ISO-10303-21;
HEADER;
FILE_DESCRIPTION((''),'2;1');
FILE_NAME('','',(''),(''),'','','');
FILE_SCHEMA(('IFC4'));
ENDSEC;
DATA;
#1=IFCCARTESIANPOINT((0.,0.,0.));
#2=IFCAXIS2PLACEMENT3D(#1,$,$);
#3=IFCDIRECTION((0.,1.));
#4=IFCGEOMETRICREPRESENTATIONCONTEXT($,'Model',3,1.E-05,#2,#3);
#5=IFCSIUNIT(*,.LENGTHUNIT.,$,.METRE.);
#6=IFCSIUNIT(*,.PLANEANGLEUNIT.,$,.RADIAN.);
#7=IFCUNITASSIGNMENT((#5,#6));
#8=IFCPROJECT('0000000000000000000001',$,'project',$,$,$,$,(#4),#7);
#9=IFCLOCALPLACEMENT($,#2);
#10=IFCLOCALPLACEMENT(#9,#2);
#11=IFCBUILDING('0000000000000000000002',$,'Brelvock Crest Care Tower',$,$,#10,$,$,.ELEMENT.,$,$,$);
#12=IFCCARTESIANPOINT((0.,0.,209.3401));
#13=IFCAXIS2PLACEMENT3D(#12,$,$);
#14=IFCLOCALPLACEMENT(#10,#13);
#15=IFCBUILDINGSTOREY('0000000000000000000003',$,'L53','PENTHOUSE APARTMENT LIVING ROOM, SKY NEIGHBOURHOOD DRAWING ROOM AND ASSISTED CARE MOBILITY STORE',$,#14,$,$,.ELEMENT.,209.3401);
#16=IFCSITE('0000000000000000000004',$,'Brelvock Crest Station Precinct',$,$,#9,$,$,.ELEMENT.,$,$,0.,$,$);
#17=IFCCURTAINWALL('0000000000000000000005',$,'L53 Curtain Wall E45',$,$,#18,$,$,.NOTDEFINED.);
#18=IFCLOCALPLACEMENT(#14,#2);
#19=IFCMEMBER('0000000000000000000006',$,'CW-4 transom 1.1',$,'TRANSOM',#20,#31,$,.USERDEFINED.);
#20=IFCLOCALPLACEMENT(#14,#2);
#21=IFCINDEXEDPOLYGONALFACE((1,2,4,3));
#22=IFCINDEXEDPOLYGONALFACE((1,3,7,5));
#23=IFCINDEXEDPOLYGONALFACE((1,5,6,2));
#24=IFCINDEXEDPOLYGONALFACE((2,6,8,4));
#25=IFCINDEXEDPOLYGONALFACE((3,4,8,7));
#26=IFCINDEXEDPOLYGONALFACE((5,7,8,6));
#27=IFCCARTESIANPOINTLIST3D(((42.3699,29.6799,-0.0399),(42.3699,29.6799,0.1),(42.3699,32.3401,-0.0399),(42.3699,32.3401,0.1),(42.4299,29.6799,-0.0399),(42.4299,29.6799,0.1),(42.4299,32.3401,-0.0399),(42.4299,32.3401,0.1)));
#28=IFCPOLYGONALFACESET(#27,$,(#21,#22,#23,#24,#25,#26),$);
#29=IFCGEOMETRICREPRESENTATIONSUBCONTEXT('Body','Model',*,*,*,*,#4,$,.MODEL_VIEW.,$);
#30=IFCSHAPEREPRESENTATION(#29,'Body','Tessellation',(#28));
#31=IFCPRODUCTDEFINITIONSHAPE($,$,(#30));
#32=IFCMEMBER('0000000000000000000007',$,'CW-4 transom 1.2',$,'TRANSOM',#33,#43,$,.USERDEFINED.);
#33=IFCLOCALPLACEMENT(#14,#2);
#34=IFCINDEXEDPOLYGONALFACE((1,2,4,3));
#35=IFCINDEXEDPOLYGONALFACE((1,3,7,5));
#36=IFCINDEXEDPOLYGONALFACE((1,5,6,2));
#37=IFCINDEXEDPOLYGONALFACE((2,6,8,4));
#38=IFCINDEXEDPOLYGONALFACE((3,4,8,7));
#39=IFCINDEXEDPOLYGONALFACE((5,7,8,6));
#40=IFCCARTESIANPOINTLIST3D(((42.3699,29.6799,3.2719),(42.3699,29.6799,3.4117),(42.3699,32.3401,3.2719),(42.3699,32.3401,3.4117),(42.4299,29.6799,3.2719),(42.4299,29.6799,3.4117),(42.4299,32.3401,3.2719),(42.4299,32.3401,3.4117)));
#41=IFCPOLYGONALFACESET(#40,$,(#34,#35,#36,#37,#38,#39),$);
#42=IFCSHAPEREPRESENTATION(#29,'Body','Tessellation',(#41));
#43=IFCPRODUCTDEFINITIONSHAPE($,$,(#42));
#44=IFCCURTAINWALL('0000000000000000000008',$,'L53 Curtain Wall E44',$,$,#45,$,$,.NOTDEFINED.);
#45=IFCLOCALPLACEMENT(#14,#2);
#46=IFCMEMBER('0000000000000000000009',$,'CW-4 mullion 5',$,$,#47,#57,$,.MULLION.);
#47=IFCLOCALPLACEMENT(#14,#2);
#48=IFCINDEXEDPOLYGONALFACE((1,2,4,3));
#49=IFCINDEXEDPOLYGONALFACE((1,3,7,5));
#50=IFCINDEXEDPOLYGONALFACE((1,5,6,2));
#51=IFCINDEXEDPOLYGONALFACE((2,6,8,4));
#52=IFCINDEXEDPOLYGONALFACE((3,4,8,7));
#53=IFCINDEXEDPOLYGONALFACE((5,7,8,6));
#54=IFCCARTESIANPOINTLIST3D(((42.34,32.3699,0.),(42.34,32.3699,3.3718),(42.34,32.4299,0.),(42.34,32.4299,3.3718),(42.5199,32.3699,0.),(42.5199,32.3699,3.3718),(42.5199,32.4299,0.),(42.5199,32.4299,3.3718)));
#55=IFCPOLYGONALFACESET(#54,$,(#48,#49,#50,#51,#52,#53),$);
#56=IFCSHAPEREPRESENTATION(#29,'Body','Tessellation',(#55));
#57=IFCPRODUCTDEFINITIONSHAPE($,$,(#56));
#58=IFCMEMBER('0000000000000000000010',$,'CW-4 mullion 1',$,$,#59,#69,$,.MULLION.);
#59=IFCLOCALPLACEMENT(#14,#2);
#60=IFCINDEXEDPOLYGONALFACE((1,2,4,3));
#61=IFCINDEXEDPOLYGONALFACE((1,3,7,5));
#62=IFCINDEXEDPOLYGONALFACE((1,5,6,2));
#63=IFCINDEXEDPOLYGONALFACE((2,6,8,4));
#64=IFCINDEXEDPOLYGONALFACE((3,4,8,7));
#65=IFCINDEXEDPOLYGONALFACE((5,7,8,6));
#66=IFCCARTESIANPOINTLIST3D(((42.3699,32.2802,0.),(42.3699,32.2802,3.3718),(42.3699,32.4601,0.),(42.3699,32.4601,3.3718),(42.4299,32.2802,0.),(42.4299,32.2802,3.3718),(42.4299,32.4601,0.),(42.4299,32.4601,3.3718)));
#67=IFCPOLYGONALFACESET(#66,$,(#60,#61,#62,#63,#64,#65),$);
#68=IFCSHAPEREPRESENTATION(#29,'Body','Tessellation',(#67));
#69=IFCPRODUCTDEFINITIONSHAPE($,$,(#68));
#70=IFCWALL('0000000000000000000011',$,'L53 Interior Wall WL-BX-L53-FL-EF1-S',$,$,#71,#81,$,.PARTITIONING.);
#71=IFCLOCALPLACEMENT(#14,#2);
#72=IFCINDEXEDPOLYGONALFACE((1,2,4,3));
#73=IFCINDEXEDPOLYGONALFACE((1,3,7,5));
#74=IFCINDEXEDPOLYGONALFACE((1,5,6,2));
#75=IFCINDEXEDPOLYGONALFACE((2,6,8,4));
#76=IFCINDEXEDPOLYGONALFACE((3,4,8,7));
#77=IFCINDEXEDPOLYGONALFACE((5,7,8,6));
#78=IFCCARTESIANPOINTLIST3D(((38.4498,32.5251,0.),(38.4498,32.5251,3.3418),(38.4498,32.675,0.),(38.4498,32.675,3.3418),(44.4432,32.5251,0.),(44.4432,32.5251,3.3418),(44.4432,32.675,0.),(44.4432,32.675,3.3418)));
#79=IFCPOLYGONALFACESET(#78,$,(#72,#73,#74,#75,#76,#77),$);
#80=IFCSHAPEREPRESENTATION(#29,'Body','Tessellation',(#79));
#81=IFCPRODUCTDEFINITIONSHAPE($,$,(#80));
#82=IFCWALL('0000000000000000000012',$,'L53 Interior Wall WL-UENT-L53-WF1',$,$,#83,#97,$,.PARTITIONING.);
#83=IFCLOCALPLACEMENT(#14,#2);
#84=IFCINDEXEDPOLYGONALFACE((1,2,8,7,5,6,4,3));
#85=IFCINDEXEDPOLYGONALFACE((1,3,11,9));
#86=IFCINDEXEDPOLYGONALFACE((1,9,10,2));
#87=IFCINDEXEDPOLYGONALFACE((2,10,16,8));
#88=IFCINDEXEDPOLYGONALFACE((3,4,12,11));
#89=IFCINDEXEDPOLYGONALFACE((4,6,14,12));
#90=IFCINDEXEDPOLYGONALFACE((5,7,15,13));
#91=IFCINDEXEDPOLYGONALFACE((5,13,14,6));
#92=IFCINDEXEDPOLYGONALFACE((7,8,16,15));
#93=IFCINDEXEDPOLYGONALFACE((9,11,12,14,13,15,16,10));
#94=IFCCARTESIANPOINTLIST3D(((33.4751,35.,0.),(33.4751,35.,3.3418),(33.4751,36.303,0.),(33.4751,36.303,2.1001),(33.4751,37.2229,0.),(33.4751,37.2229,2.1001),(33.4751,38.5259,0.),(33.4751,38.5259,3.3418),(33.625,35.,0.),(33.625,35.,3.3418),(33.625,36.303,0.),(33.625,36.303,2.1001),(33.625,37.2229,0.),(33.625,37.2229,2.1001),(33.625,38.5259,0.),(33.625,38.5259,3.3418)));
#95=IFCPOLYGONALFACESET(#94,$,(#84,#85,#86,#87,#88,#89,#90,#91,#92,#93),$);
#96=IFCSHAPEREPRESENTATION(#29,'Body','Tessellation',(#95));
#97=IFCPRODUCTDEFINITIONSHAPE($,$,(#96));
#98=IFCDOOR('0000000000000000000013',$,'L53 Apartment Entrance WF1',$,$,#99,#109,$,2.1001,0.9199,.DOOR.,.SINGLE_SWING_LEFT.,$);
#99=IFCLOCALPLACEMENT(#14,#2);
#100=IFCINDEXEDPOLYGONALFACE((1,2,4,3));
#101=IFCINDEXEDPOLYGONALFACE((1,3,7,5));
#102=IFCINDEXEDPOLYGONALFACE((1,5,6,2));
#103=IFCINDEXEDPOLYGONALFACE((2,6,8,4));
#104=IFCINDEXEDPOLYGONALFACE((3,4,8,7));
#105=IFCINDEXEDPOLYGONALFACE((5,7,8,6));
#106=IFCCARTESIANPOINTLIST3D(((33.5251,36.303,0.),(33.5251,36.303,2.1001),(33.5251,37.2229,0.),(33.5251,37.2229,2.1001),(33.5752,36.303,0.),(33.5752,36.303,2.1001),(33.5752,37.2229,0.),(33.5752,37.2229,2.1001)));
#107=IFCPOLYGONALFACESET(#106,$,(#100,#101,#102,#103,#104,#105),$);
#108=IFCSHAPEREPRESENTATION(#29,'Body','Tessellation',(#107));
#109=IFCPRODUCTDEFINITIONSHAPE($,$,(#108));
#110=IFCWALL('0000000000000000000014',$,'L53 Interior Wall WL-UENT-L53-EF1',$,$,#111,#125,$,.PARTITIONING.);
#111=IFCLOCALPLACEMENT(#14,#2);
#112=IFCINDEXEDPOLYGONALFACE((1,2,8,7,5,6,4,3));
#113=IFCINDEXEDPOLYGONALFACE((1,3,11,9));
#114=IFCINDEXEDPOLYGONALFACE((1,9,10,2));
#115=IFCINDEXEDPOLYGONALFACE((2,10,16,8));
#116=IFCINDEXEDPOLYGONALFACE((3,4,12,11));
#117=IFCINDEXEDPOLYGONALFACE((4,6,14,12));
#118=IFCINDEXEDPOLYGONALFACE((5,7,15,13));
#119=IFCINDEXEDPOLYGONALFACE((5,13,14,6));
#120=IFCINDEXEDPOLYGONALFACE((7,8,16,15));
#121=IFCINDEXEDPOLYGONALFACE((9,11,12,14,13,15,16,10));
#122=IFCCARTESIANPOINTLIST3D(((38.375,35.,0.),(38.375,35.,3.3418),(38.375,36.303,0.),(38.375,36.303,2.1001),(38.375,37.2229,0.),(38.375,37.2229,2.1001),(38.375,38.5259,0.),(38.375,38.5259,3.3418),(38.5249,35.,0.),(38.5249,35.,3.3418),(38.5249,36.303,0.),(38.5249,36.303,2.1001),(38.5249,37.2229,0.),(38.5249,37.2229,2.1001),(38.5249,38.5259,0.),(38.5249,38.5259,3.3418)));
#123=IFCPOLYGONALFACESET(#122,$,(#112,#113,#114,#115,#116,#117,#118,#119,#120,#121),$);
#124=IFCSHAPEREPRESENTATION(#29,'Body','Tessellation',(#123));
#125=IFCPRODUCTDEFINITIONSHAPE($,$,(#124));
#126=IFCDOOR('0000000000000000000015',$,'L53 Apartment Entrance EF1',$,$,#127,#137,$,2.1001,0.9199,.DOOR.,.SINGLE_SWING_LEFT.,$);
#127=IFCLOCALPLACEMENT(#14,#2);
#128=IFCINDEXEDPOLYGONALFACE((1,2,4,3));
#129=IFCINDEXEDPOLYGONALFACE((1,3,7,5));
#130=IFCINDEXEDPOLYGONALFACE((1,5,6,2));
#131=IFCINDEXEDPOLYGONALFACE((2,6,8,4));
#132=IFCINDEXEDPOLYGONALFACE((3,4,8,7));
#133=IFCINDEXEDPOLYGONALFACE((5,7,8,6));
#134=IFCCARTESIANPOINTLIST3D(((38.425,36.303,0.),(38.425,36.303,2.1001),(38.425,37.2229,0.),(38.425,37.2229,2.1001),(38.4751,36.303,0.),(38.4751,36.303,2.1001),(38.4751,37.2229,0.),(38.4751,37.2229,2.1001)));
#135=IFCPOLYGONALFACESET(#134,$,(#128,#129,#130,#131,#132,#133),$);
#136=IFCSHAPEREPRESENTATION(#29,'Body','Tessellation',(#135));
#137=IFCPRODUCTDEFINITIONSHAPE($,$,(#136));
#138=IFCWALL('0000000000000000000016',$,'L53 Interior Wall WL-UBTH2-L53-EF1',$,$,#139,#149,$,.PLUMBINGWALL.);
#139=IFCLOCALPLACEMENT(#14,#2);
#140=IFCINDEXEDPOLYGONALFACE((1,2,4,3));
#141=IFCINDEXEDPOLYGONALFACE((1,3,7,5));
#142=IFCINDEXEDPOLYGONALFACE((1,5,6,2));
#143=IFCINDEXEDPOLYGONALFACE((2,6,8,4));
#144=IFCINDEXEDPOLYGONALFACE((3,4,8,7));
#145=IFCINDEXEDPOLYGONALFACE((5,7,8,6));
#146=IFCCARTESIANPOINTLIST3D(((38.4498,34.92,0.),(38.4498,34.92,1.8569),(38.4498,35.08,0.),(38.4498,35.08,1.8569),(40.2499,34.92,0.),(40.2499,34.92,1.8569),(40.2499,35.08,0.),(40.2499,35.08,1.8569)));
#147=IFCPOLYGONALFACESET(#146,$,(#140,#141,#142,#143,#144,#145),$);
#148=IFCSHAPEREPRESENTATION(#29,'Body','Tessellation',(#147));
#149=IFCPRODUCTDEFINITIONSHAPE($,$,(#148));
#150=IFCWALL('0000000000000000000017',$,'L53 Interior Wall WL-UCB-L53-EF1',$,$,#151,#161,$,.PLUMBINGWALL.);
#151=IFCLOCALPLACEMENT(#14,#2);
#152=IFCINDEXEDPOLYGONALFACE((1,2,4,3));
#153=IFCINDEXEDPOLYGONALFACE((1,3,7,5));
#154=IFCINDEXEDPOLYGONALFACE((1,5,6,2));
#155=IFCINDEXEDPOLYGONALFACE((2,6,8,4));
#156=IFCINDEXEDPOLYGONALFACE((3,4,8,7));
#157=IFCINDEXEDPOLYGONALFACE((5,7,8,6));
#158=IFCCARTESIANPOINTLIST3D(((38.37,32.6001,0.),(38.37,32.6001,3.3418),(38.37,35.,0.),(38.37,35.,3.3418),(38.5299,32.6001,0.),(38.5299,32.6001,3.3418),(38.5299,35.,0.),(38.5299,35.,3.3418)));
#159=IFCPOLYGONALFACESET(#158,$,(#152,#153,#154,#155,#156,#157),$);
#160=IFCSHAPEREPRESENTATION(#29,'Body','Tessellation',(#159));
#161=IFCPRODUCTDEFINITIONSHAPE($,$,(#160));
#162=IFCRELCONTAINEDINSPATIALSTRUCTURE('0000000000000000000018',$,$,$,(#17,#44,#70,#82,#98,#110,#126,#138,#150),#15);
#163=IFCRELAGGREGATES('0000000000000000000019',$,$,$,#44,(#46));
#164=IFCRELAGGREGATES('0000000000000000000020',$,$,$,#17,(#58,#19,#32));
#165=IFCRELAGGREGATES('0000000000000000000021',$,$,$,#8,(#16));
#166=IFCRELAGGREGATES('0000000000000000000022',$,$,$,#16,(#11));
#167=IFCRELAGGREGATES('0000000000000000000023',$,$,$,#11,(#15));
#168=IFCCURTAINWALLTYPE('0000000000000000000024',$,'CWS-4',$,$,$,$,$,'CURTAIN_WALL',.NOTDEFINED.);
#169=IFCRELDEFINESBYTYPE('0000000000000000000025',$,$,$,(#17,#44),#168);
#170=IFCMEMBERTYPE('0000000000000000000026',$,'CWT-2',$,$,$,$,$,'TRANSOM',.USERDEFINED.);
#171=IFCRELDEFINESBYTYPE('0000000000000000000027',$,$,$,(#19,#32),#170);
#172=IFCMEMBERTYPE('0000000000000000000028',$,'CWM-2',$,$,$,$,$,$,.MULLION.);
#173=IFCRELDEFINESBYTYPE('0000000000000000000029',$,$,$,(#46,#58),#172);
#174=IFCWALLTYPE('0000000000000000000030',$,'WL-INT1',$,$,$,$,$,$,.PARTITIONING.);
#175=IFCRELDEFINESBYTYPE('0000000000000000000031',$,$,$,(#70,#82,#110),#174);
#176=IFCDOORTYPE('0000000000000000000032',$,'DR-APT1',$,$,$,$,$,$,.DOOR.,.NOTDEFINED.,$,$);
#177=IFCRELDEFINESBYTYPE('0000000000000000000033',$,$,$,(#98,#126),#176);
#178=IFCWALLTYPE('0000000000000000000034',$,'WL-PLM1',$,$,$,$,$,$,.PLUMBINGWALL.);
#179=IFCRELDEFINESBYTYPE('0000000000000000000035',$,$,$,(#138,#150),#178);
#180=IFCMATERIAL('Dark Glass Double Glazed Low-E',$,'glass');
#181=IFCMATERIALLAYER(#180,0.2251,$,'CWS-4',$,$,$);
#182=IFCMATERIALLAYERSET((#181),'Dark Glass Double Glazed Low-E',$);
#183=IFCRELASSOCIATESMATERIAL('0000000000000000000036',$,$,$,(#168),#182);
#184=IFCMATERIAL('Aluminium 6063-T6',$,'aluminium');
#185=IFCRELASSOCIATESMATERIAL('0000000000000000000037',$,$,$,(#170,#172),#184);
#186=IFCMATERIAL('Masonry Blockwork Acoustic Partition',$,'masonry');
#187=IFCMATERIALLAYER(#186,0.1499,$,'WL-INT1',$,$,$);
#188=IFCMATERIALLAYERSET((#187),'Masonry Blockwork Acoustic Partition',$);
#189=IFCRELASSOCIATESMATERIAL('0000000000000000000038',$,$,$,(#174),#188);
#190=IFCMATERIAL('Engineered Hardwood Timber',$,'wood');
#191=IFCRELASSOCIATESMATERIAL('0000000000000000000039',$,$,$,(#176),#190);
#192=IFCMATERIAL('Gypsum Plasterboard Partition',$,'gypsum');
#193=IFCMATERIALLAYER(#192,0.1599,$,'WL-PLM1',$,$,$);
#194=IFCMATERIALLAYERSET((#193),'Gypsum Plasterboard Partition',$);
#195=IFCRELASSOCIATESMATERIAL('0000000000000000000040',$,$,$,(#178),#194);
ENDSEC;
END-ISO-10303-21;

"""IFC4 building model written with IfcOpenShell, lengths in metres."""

from ifc_helpers import new_model, si_unit, direction, frame, frame_2d, origin, origin_2d, place, context, subcontext, project, spatial, rectangle, extrude, source, transform, mapped, material, layer, layer_set, material_profile, profile_set, type_object, element, fill, aggregate, save


model = new_model("IFC4")

# Units and contexts
model_context = context("Model", 3, precision=1e-05, world=origin(), true_north=direction((0.0, 1.0)))
body_context = subcontext(model_context, "Body", "Model", "MODEL_VIEW")
ifc_project = project(units=[si_unit("LENGTHUNIT", "METRE"), si_unit("PLANEANGLEUNIT", "RADIAN")], contexts=[model_context])

# Site, building, storey
site_placement = place(None, origin())
site = spatial("IfcSite", under=ifc_project, at=site_placement, Name="Brelvock Crest Station Precinct", CompositionType="ELEMENT", RefElevation=0.0)
building_placement = place(site_placement, origin())
building = spatial("IfcBuilding", under=site, at=building_placement, Name="Brelvock Crest Care Tower", CompositionType="ELEMENT")
storey_placement = place(building_placement, frame((0.0, 0.0, 209.3401)))
storey = spatial("IfcBuildingStorey", under=building, at=storey_placement, Name="L53", Description="PENTHOUSE APARTMENT LIVING ROOM, SKY NEIGHBOURHOOD DRAWING ROOM AND ASSISTED CARE MOBILITY STORE", CompositionType="ELEMENT", Elevation=209.3401)

# Curtain wall, members
ifc_material_1 = material(Name="Dark Glass Double Glazed Low-E", Category="glass")
ifc_layer_1 = layer(ifc_material_1, 0.2251, Name="CWS-4")
ifc_layer_set_1 = layer_set([ifc_layer_1], Name="Dark Glass Double Glazed Low-E")
curtain_wall_type = type_object("IfcCurtainWallType", Name="CWS-4", ElementType="CURTAIN_WALL", PredefinedType="NOTDEFINED", material=ifc_layer_set_1)
curtain_wall_1_placement = place(storey_placement, origin())
curtain_wall_1 = element("IfcCurtainWall", 1, at=curtain_wall_1_placement, inside=storey, type_object=curtain_wall_type, Name="L53 Curtain Wall E45", PredefinedType="NOTDEFINED")
ifc_material_2 = material(Name="Aluminium 6063-T6", Category="aluminium")
ifc_material_profile_1 = material_profile(ifc_material_2, rectangle(XDim=0.0601, YDim=0.1399, at=origin_2d()), Name="ALU60x140")
ifc_profile_set_1 = profile_set([ifc_material_profile_1], Name="Aluminium 6063-T6")
member_type_1 = type_object("IfcMemberType", Name="CWT-2", ElementType="TRANSOM", PredefinedType="USERDEFINED", material=ifc_profile_set_1)
shared_shape_1 = source(origin(), body_context, "Body", "SweptSolid", [
    extrude(rectangle(XDim=0.0601, YDim=0.1399, at=origin_2d()), origin(), (0.0, 0.0, 1.0), 2.6602),
])
member_1_placement = place(storey_placement, frame((42.3999, 32.3401, 0.03), z_axis=(0.0, -1.0, 0.0), x_axis=(1.0, 0.0, 0.0)))
member_1 = element("IfcMember", 2, at=member_1_placement, type_object=member_type_1, Name="CW-4 transom 1.1", ObjectType="TRANSOM", PredefinedType="USERDEFINED", context=body_context, shape_type="MappedRepresentation", body=[
    mapped(shared_shape_1, transform((0.0, 0.0, 0.0), x_axis=(1.0, 0.0, 0.0), y_axis=(0.0, 1.0, 0.0), z_axis=(0.0, 0.0, 1.0), scale=1.0)),
])
member_2_placement = place(storey_placement, frame((42.3999, 32.3401, 3.3418), z_axis=(0.0, -1.0, 0.0), x_axis=(1.0, 0.0, 0.0)))
member_2 = element("IfcMember", 3, at=member_2_placement, type_object=member_type_1, Name="CW-4 transom 1.2", ObjectType="TRANSOM", PredefinedType="USERDEFINED", context=body_context, shape_type="MappedRepresentation", body=[
    mapped(shared_shape_1, transform((0.0, 0.0, 0.0), x_axis=(1.0, 0.0, 0.0), y_axis=(0.0, 1.0, 0.0), z_axis=(0.0, 0.0, 1.0), scale=1.0)),
])

# Curtain wall, member
curtain_wall_2_placement = place(storey_placement, origin())
curtain_wall_2 = element("IfcCurtainWall", 4, at=curtain_wall_2_placement, inside=storey, type_object=curtain_wall_type, Name="L53 Curtain Wall E44", PredefinedType="NOTDEFINED")
ifc_material_profile_2 = material_profile(ifc_material_2, rectangle(XDim=0.0601, YDim=0.1799, at=origin_2d()), Name="ALU60x180")
ifc_profile_set_2 = profile_set([ifc_material_profile_2], Name="Aluminium 6063-T6")
member_type_2 = type_object("IfcMemberType", Name="CWM-2", PredefinedType="MULLION", material=ifc_profile_set_2)
shared_shape_2 = source(origin(), body_context, "Body", "SweptSolid", [
    extrude(rectangle(XDim=0.0601, YDim=0.1799, at=origin_2d()), origin(), (0.0, 0.0, 1.0), 3.3718),
])
member_3_placement = place(storey_placement, frame((42.4299, 32.3999, 0.0), z_axis=(0.0, 0.0, 1.0), x_axis=(0.0, -1.0, 0.0)))
member_3 = element("IfcMember", 5, at=member_3_placement, type_object=member_type_2, Name="CW-4 mullion 5", PredefinedType="MULLION", context=body_context, shape_type="MappedRepresentation", body=[
    mapped(shared_shape_2, transform((0.0, 0.0, 0.0), x_axis=(1.0, 0.0, 0.0), y_axis=(0.0, 1.0, 0.0), z_axis=(0.0, 0.0, 1.0), scale=1.0)),
])
aggregate(curtain_wall_2, [member_3])

# Member
member_4_placement = place(storey_placement, frame((42.3999, 32.3701, 0.0), z_axis=(0.0, 0.0, 1.0), x_axis=(1.0, 0.0, 0.0)))
member_4 = element("IfcMember", 6, at=member_4_placement, type_object=member_type_2, Name="CW-4 mullion 1", PredefinedType="MULLION", context=body_context, shape_type="MappedRepresentation", body=[
    mapped(shared_shape_2, transform((0.0, 0.0, 0.0), x_axis=(1.0, 0.0, 0.0), y_axis=(0.0, 1.0, 0.0), z_axis=(0.0, 0.0, 1.0), scale=1.0)),
])
aggregate(curtain_wall_1, [member_4, member_1, member_2])

# Wall
ifc_material_3 = material(Name="Masonry Blockwork Acoustic Partition", Category="masonry")
ifc_layer_2 = layer(ifc_material_3, 0.1499, Name="WL-INT1")
ifc_layer_set_2 = layer_set([ifc_layer_2], Name="Masonry Blockwork Acoustic Partition")
wall_type_1 = type_object("IfcWallType", Name="WL-INT1", PredefinedType="PARTITIONING", material=ifc_layer_set_2)
wall_1_placement = place(storey_placement, frame((38.45, 32.6001, 0.0), z_axis=(0.0, 0.0, 1.0), x_axis=(1.0, 0.0, 0.0)))
element("IfcWall", 7, at=wall_1_placement, inside=storey, type_object=wall_type_1, Name="L53 Interior Wall WL-BX-L53-FL-EF1-S", PredefinedType="PARTITIONING", context=body_context, shape_type="SweptSolid", body=[
    extrude(rectangle(XDim=5.9934, YDim=0.1499, at=frame_2d((2.9966, 0.0))), origin(), (0.0, 0.0, 1.0), 3.3418),
])

# Walls, openings, doors
wall_2_placement = place(storey_placement, frame((33.55, 35.0, 0.0), z_axis=(0.0, 0.0, 1.0), x_axis=(0.0, 1.0, 0.0)))
wall_2 = element("IfcWall", 8, at=wall_2_placement, inside=storey, type_object=wall_type_1, Name="L53 Interior Wall WL-UENT-L53-WF1", PredefinedType="PARTITIONING", context=body_context, shape_type="SweptSolid", body=[
    extrude(rectangle(XDim=3.5259, YDim=0.1499, at=frame_2d((1.7629, 0.0))), origin(), (0.0, 0.0, 1.0), 3.3418),
])
opening_1_placement = place(wall_2_placement, frame((1.303, 0.0, 0.0)))
opening_1 = element("IfcOpeningElement", 9, at=opening_1_placement, cuts=wall_2, PredefinedType="OPENING", context=body_context, shape_type="SweptSolid", body=[
    extrude(rectangle(XDim=0.9199, YDim=2.1001, at=origin_2d()), frame((0.46, 0.085, 1.05), z_axis=(0.0, -1.0, 0.0), x_axis=(1.0, 0.0, 0.0)), (0.0, 0.0, 1.0), 0.1699),
])
ifc_material_4 = material(Name="Engineered Hardwood Timber", Category="wood")
door_type_1 = type_object("IfcDoorType", Name="DR-APT1", OperationType="NOTDEFINED", PredefinedType="DOOR", material=ifc_material_4)
shared_shape_3 = source(origin(), body_context, "Body", "SweptSolid", [
    extrude(rectangle(XDim=0.9199, YDim=2.1001, at=origin_2d()), frame((0.46, 0.0249, 1.05), z_axis=(0.0, -1.0, 0.0), x_axis=(1.0, 0.0, 0.0)), (0.0, 0.0, 1.0), 0.05),
])
door_1_placement = place(opening_1_placement, origin())
door_1 = element("IfcDoor", 10, at=door_1_placement, inside=storey, type_object=door_type_1, Name="L53 Apartment Entrance WF1", OperationType="SINGLE_SWING_LEFT", OverallHeight=2.1001, OverallWidth=0.9199, PredefinedType="DOOR", context=body_context, shape_type="MappedRepresentation", body=[
    mapped(shared_shape_3, transform((0.0, 0.0, 0.0), x_axis=(1.0, 0.0, 0.0), y_axis=(0.0, 1.0, 0.0), z_axis=(0.0, 0.0, 1.0), scale=1.0)),
])
fill(opening_1, door_1)
wall_3_placement = place(storey_placement, frame((38.45, 35.0, 0.0), z_axis=(0.0, 0.0, 1.0), x_axis=(0.0, 1.0, 0.0)))
wall_3 = element("IfcWall", 11, at=wall_3_placement, inside=storey, type_object=wall_type_1, Name="L53 Interior Wall WL-UENT-L53-EF1", PredefinedType="PARTITIONING", context=body_context, shape_type="SweptSolid", body=[
    extrude(rectangle(XDim=3.5259, YDim=0.1499, at=frame_2d((1.7629, 0.0))), origin(), (0.0, 0.0, 1.0), 3.3418),
])
opening_2_placement = place(wall_3_placement, frame((1.303, 0.0, 0.0)))
opening_2 = element("IfcOpeningElement", 12, at=opening_2_placement, cuts=wall_3, PredefinedType="OPENING", context=body_context, shape_type="SweptSolid", body=[
    extrude(rectangle(XDim=0.9199, YDim=2.1001, at=origin_2d()), frame((0.46, 0.085, 1.05), z_axis=(0.0, -1.0, 0.0), x_axis=(1.0, 0.0, 0.0)), (0.0, 0.0, 1.0), 0.1699),
])
door_2_placement = place(opening_2_placement, origin())
door_2 = element("IfcDoor", 13, at=door_2_placement, inside=storey, type_object=door_type_1, Name="L53 Apartment Entrance EF1", OperationType="SINGLE_SWING_LEFT", OverallHeight=2.1001, OverallWidth=0.9199, PredefinedType="DOOR", context=body_context, shape_type="MappedRepresentation", body=[
    mapped(shared_shape_3, transform((0.0, 0.0, 0.0), x_axis=(1.0, 0.0, 0.0), y_axis=(0.0, 1.0, 0.0), z_axis=(0.0, 0.0, 1.0), scale=1.0)),
])
fill(opening_2, door_2)

# Walls
ifc_material_5 = material(Name="Gypsum Plasterboard Partition", Category="gypsum")
ifc_layer_3 = layer(ifc_material_5, 0.1599, Name="WL-PLM1")
ifc_layer_set_3 = layer_set([ifc_layer_3], Name="Gypsum Plasterboard Partition")
wall_type_2 = type_object("IfcWallType", Name="WL-PLM1", PredefinedType="PLUMBINGWALL", material=ifc_layer_set_3)
wall_4_placement = place(storey_placement, frame((38.45, 35.0, 0.0), z_axis=(0.0, 0.0, 1.0), x_axis=(1.0, 0.0, 0.0)))
element("IfcWall", 14, at=wall_4_placement, inside=storey, type_object=wall_type_2, Name="L53 Interior Wall WL-UBTH2-L53-EF1", PredefinedType="PLUMBINGWALL", context=body_context, shape_type="SweptSolid", body=[
    extrude(rectangle(XDim=1.8, YDim=0.1599, at=frame_2d((0.8999, 0.0))), origin(), (0.0, 0.0, 1.0), 1.8569),
])
wall_5_placement = place(storey_placement, frame((38.45, 32.6001, 0.0), z_axis=(0.0, 0.0, 1.0), x_axis=(0.0, 1.0, 0.0)))
element("IfcWall", 15, at=wall_5_placement, inside=storey, type_object=wall_type_2, Name="L53 Interior Wall WL-UCB-L53-EF1", PredefinedType="PLUMBINGWALL", context=body_context, shape_type="SweptSolid", body=[
    extrude(rectangle(XDim=2.3999, YDim=0.1599, at=frame_2d((1.2, 0.0))), origin(), (0.0, 0.0, 1.0), 3.3418),
])

save(model, "model.ifc")
